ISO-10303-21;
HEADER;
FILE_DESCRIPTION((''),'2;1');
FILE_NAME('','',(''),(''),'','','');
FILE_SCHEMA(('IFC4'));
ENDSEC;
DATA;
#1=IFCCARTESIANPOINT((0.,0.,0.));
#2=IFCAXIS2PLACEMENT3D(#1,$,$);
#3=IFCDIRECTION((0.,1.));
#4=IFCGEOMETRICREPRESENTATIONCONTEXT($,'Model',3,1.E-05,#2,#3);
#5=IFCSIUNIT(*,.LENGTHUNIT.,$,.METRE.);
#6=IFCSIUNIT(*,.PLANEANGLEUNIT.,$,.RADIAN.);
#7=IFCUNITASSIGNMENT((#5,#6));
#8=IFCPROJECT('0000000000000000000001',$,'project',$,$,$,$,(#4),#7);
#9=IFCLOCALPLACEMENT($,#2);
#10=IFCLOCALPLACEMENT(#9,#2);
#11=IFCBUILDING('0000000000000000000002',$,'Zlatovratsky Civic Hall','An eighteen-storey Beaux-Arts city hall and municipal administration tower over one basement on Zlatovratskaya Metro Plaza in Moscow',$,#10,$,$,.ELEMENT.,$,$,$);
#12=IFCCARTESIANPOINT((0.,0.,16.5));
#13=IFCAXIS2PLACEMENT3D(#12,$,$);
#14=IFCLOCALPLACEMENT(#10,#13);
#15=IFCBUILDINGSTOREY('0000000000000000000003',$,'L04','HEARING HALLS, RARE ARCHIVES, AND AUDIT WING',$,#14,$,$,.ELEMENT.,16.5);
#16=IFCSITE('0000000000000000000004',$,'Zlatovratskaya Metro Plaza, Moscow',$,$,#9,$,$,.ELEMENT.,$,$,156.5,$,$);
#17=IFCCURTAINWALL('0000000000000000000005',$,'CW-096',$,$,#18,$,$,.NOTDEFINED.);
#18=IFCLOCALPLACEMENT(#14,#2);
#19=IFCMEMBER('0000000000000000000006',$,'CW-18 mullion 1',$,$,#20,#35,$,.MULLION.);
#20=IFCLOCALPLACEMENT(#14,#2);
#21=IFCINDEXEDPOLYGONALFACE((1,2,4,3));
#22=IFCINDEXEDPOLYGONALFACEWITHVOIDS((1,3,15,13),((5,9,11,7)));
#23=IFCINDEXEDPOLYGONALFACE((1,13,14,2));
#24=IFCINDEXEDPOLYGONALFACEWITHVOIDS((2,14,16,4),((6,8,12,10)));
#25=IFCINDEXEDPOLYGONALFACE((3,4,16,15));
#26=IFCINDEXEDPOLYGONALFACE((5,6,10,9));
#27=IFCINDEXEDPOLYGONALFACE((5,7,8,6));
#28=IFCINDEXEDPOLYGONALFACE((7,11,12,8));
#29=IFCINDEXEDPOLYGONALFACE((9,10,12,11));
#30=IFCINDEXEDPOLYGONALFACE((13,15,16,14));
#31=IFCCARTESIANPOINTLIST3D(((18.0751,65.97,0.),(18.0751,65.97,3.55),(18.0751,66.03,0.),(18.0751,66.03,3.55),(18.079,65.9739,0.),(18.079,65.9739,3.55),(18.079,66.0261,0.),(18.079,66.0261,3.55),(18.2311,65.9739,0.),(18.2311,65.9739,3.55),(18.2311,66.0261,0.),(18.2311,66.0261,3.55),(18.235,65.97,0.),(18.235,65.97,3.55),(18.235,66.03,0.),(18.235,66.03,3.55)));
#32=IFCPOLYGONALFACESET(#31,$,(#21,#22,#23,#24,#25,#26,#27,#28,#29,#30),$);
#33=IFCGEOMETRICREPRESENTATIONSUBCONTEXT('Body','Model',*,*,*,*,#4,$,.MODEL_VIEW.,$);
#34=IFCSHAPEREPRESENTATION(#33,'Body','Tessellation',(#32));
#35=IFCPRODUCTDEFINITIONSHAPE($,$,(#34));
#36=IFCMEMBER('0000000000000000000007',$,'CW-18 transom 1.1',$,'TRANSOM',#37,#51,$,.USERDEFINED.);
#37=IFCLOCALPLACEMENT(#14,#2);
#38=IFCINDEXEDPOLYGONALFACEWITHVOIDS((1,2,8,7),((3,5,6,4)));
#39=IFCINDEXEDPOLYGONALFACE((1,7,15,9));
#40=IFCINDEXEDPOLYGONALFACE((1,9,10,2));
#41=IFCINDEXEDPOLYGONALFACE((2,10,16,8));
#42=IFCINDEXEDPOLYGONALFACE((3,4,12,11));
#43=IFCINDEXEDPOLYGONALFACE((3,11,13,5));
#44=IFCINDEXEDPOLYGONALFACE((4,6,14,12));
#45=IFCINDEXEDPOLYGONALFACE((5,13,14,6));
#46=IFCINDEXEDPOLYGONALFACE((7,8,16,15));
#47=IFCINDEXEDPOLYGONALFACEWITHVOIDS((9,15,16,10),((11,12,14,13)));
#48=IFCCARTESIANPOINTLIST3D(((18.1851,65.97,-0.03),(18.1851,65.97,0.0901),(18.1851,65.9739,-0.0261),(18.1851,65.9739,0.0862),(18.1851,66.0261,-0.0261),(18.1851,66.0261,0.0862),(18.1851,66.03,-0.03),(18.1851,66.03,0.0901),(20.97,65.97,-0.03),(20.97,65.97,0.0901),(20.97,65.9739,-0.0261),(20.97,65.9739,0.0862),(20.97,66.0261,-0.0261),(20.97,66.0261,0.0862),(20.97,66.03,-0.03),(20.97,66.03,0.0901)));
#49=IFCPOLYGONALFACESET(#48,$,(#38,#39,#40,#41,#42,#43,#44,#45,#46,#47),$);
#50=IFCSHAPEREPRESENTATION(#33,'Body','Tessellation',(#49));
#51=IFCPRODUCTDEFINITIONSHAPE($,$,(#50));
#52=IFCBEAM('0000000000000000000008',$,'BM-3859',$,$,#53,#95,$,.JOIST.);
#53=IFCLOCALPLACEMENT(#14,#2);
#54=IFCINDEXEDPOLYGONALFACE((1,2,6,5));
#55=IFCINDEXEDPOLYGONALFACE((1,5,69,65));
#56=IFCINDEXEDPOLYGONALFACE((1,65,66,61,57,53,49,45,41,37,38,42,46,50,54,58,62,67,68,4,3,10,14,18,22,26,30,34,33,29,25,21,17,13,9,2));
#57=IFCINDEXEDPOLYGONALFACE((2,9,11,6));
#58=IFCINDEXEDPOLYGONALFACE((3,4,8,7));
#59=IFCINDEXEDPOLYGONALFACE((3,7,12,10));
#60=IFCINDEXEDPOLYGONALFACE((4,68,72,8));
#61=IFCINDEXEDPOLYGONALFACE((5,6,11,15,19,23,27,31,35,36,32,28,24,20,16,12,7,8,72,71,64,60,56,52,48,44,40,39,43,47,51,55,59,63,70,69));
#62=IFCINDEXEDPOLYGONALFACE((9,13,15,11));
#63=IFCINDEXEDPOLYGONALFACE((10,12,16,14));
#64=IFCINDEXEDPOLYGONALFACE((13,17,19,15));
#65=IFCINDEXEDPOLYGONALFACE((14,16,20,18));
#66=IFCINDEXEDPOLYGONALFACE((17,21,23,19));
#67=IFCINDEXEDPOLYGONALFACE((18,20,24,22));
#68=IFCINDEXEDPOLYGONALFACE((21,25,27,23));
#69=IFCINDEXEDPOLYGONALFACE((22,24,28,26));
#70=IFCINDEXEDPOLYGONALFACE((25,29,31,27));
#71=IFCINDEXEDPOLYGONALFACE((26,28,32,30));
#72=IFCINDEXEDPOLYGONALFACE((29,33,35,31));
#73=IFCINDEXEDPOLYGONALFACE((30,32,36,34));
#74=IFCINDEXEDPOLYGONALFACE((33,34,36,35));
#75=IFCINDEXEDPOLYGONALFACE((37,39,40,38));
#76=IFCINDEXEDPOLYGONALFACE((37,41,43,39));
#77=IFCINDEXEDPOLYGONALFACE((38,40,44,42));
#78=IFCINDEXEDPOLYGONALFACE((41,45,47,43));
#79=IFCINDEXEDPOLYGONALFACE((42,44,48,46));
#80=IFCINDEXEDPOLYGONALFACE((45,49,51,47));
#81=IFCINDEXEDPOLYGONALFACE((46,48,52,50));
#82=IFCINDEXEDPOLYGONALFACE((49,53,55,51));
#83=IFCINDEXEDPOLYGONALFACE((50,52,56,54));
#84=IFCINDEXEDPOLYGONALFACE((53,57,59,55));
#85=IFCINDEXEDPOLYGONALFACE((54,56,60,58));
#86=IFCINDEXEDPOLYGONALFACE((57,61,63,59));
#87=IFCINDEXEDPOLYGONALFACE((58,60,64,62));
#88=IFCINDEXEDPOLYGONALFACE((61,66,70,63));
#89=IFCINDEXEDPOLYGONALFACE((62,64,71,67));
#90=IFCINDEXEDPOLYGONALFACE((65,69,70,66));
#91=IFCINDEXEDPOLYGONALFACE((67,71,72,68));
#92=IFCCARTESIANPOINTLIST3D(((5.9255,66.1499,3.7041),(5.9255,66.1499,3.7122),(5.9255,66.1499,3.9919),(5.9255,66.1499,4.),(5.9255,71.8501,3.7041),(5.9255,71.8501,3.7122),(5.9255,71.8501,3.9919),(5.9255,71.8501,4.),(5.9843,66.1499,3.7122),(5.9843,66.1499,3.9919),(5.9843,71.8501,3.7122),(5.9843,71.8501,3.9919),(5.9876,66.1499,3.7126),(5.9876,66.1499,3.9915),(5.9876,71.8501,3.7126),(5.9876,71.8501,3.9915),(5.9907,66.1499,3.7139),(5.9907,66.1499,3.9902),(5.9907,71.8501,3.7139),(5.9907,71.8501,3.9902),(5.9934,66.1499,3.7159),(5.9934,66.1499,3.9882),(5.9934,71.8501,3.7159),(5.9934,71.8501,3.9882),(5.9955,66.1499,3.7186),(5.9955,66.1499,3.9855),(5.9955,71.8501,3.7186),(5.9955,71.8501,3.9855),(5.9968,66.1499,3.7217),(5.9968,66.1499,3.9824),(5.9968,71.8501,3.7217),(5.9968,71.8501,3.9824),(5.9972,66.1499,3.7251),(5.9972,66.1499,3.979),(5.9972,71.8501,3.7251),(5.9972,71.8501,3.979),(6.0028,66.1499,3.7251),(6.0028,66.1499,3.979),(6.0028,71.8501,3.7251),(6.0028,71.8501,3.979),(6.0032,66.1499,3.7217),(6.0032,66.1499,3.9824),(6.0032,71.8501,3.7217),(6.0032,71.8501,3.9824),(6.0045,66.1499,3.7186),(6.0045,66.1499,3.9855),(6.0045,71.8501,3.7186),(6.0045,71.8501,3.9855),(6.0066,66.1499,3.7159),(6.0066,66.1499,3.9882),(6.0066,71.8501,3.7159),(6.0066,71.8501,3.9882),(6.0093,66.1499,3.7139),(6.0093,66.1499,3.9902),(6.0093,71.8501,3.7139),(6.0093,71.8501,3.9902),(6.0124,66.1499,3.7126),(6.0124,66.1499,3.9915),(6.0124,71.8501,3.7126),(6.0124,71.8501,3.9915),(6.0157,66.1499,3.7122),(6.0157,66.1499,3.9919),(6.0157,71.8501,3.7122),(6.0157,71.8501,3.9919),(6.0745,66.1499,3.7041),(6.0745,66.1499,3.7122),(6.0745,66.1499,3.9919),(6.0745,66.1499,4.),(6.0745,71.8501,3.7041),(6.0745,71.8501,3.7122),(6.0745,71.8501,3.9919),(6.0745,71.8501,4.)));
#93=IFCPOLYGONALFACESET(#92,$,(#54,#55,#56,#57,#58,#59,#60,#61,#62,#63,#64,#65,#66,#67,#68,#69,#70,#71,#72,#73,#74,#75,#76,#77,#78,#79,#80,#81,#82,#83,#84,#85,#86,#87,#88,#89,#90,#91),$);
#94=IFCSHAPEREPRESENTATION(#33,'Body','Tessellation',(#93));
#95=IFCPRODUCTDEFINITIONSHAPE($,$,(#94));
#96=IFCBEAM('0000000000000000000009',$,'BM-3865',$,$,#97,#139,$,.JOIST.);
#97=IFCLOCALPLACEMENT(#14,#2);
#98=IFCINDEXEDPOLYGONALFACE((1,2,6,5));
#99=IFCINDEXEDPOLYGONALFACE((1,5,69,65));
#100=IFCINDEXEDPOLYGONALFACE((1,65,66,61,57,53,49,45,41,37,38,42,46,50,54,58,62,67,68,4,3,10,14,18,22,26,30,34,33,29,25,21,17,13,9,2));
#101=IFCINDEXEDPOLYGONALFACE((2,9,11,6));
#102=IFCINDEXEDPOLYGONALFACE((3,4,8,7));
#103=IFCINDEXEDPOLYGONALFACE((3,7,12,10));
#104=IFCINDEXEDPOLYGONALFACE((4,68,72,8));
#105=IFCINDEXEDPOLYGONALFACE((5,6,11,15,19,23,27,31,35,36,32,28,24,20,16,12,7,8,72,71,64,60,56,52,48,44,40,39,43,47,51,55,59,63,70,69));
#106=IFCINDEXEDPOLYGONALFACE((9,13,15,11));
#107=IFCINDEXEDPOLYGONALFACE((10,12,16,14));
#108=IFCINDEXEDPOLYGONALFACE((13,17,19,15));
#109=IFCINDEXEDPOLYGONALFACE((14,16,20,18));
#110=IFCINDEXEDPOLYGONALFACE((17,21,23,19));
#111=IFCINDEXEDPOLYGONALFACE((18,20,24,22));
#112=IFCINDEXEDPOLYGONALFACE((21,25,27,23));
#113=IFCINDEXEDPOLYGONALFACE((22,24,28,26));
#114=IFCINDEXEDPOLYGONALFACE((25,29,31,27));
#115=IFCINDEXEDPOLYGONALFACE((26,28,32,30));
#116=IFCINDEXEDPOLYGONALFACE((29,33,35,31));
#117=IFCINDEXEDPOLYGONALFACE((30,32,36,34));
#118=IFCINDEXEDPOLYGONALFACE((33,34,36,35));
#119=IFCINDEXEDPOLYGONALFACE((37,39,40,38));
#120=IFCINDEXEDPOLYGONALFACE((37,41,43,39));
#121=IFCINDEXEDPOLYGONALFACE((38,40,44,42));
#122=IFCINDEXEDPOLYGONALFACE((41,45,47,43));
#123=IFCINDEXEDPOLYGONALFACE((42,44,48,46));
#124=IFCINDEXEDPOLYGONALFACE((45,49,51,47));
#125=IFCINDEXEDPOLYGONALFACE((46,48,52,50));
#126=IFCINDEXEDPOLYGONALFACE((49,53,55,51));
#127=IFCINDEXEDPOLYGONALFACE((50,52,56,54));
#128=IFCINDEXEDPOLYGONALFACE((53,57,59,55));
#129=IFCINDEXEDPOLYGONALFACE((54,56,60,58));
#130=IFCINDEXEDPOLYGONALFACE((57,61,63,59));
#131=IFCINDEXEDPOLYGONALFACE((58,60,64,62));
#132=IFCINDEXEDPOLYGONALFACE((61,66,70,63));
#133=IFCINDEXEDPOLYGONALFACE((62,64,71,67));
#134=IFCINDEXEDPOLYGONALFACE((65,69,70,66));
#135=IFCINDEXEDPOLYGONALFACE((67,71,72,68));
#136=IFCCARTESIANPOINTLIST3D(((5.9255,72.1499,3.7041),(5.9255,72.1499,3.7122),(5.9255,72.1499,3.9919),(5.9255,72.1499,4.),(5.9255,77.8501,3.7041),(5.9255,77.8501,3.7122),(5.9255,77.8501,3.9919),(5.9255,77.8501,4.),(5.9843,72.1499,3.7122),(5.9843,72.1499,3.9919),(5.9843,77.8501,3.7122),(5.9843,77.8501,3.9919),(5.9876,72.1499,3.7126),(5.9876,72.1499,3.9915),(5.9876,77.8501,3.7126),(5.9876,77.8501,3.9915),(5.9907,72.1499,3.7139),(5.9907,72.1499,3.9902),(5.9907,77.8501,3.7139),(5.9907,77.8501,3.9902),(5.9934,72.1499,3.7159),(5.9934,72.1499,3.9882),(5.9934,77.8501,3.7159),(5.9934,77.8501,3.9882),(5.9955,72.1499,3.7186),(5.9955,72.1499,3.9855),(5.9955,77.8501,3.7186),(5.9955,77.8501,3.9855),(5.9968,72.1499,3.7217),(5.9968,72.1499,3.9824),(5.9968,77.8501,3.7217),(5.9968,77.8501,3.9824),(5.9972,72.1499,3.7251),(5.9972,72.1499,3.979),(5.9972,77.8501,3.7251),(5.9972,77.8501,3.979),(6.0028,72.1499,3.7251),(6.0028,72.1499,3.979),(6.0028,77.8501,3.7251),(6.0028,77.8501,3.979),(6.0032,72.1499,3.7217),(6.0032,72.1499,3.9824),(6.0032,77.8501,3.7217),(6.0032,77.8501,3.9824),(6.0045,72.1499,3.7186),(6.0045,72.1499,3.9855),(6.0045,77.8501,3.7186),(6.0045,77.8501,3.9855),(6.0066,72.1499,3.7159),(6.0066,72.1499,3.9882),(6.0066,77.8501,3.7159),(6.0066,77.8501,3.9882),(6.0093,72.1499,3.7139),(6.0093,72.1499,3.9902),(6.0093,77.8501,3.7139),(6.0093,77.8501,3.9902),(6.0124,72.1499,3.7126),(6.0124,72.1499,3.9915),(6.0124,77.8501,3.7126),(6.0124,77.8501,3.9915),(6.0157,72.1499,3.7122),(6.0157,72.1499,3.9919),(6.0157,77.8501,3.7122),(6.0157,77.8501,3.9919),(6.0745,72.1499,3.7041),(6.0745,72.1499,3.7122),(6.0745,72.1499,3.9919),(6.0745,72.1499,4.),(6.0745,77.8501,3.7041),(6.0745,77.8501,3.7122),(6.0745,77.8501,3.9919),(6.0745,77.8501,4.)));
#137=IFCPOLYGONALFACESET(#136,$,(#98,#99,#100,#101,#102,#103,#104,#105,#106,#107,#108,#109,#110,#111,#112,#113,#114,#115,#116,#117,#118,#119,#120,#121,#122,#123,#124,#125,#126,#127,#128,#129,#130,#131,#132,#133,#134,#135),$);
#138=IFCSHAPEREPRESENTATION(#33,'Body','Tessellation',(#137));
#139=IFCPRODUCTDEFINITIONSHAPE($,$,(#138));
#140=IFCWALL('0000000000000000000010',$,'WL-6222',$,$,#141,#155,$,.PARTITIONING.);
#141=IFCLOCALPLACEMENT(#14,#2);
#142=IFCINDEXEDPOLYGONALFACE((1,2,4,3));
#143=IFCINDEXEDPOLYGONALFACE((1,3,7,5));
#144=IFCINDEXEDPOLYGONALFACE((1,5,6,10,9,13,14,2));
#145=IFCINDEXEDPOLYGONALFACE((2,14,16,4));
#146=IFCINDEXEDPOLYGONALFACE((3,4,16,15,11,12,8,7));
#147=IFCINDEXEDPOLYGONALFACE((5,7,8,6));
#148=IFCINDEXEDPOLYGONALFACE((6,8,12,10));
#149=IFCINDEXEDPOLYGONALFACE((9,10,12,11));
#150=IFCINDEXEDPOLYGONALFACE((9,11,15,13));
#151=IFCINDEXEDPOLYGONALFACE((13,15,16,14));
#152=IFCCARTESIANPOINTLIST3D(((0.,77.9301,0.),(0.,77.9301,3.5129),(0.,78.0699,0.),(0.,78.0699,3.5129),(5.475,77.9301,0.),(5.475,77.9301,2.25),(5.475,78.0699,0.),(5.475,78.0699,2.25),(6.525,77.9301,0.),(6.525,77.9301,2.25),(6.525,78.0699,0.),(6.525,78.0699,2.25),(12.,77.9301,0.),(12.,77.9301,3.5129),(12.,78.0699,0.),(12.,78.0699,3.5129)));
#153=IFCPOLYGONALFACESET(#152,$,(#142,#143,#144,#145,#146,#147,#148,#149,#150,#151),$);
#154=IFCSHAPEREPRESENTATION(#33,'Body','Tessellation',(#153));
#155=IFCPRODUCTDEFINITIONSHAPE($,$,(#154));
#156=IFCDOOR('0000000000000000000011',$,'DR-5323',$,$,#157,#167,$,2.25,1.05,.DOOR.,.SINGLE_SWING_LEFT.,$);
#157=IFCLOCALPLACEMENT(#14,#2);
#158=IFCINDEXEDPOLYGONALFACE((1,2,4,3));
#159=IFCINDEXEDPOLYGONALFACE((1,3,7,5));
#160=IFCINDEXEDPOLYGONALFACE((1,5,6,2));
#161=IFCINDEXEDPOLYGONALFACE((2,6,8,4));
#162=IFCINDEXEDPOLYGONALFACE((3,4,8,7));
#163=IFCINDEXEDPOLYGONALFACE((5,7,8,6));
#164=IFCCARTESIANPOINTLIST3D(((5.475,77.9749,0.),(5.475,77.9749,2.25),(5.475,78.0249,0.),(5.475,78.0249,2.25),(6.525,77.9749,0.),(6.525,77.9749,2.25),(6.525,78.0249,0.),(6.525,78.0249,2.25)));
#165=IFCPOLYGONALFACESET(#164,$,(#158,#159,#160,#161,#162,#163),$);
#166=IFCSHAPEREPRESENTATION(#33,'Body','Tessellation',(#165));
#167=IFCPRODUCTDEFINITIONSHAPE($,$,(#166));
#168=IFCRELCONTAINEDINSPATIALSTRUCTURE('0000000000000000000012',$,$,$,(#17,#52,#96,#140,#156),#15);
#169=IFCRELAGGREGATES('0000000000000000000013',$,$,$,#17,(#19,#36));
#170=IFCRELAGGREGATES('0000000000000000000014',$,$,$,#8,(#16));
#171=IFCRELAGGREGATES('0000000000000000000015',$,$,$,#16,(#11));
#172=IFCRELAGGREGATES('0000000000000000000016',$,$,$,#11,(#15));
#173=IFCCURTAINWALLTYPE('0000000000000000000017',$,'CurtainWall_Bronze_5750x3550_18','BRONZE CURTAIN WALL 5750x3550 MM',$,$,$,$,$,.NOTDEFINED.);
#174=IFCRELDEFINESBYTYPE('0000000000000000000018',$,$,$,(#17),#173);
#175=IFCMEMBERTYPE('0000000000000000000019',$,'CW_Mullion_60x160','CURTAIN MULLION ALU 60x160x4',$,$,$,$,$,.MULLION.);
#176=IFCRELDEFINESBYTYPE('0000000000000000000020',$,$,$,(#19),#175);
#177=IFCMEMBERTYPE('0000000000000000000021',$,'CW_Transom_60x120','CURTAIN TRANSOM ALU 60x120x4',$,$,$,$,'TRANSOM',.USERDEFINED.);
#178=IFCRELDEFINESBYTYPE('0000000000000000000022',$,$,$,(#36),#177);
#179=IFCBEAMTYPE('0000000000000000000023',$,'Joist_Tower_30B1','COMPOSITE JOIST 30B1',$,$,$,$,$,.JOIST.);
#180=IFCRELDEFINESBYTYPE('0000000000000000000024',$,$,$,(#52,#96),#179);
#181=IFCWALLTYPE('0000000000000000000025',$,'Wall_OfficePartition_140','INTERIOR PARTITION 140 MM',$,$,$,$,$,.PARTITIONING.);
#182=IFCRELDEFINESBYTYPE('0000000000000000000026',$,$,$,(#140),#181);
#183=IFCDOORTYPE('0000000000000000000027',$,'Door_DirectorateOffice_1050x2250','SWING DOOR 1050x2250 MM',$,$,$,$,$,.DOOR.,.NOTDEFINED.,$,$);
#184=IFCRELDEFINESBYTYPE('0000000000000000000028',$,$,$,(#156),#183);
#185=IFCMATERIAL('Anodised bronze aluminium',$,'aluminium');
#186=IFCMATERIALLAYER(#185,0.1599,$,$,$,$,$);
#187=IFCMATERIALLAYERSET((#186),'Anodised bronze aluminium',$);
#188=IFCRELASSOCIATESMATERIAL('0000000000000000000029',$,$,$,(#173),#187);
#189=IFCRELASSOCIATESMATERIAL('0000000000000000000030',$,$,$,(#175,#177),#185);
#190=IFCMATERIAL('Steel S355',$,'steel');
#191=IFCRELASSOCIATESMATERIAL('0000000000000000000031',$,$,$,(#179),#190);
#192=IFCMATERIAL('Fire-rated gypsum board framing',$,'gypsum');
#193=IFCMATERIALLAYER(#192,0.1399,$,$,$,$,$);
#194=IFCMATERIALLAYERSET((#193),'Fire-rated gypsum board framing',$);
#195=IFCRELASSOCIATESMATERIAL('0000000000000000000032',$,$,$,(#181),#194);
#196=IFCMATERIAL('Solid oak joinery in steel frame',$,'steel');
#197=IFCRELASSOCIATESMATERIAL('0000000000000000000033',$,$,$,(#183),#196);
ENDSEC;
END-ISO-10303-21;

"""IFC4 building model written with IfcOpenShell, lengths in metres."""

from ifc_helpers import new_model, si_unit, direction, frame, frame_2d, origin, origin_2d, place, context, subcontext, project, spatial, rectangle, hollow_rectangle, i_section, extrude, material, layer, layer_set, material_profile, profile_set, type_object, element, fill, aggregate, save


model = new_model("IFC4")

# Units and contexts
model_context = context("Model", 3, precision=1e-05, world=origin(), true_north=direction((0.0, 1.0)))
body_context = subcontext(model_context, "Body", "Model", "MODEL_VIEW")
ifc_project = project(units=[si_unit("LENGTHUNIT", "METRE"), si_unit("PLANEANGLEUNIT", "RADIAN")], contexts=[model_context])

# Site, building, storey
site_placement = place(None, origin())
site = spatial("IfcSite", under=ifc_project, at=site_placement, Name="Zlatovratskaya Metro Plaza, Moscow", CompositionType="ELEMENT", RefElevation=156.5)
building_placement = place(site_placement, origin())
building = spatial("IfcBuilding", under=site, at=building_placement, Name="Zlatovratsky Civic Hall", Description="An eighteen-storey Beaux-Arts city hall and municipal administration tower over one basement on Zlatovratskaya Metro Plaza in Moscow", CompositionType="ELEMENT")
storey_placement = place(building_placement, frame((0.0, 0.0, 16.5)))
storey = spatial("IfcBuildingStorey", under=building, at=storey_placement, Name="L04", Description="HEARING HALLS, RARE ARCHIVES, AND AUDIT WING", CompositionType="ELEMENT", Elevation=16.5)

# Shared definitions
ifc_material_1 = material(Name="Steel S355", Category="steel")

# Curtain wall, members
ifc_material_2 = material(Name="Anodised bronze aluminium", Category="aluminium")
ifc_layer_1 = layer(ifc_material_2, 0.1599)
ifc_layer_set_1 = layer_set([ifc_layer_1], Name="Anodised bronze aluminium")
curtain_wall_type = type_object("IfcCurtainWallType", Name="CurtainWall_Bronze_5750x3550_18", Description="BRONZE CURTAIN WALL 5750x3550 MM", PredefinedType="NOTDEFINED", material=ifc_layer_set_1)
curtain_wall_placement = place(storey_placement, origin())
curtain_wall = element("IfcCurtainWall", 1, at=curtain_wall_placement, inside=storey, type_object=curtain_wall_type, Name="CW-096", PredefinedType="NOTDEFINED")
ifc_material_profile_1 = material_profile(ifc_material_2, hollow_rectangle(XDim=0.0601, YDim=0.1599, WallThickness=0.0039, at=origin_2d()), Name="ALU 60x160x4")
ifc_profile_set_1 = profile_set([ifc_material_profile_1], Name="Anodised bronze aluminium")
member_type_1 = type_object("IfcMemberType", Name="CW_Mullion_60x160", Description="CURTAIN MULLION ALU 60x160x4", PredefinedType="MULLION", material=ifc_profile_set_1)
member_1_placement = place(storey_placement, frame((18.155, 66.0, 0.0), z_axis=(0.0, 0.0, 1.0), x_axis=(0.0, 1.0, 0.0)))
member_1 = element("IfcMember", 2, at=member_1_placement, type_object=member_type_1, Name="CW-18 mullion 1", PredefinedType="MULLION", context=body_context, shape_type="SweptSolid", body=[
    extrude(hollow_rectangle(XDim=0.0601, YDim=0.1599, WallThickness=0.0039, at=origin_2d()), origin(), (0.0, 0.0, 1.0), 3.55),
])
ifc_material_profile_2 = material_profile(ifc_material_2, hollow_rectangle(XDim=0.0601, YDim=0.1201, WallThickness=0.0039, at=origin_2d()), Name="ALU 60x120x4")
ifc_profile_set_2 = profile_set([ifc_material_profile_2], Name="Anodised bronze aluminium")
member_type_2 = type_object("IfcMemberType", Name="CW_Transom_60x120", Description="CURTAIN TRANSOM ALU 60x120x4", ElementType="TRANSOM", PredefinedType="USERDEFINED", material=ifc_profile_set_2)
member_2_placement = place(storey_placement, frame((18.1851, 66.0, 0.03), z_axis=(1.0, 0.0, 0.0), x_axis=(0.0, 1.0, 0.0)))
member_2 = element("IfcMember", 3, at=member_2_placement, type_object=member_type_2, Name="CW-18 transom 1.1", ObjectType="TRANSOM", PredefinedType="USERDEFINED", context=body_context, shape_type="SweptSolid", body=[
    extrude(hollow_rectangle(XDim=0.0601, YDim=0.1201, WallThickness=0.0039, at=origin_2d()), origin(), (0.0, 0.0, 1.0), 2.7849),
])
aggregate(curtain_wall, [member_1, member_2])

# Beams
ifc_material_profile_3 = material_profile(ifc_material_1, i_section(OverallWidth=0.1489, OverallDepth=0.2959, WebThickness=0.0056, FlangeThickness=0.0081, FilletRadius=0.0129, at=origin_2d()), Name="30B1")
ifc_profile_set_3 = profile_set([ifc_material_profile_3], Name="Steel S355")
beam_type_1 = type_object("IfcBeamType", Name="Joist_Tower_30B1", Description="COMPOSITE JOIST 30B1", PredefinedType="JOIST", material=ifc_profile_set_3)
for number, where, z_axis, x_axis, name in (
    (4, (6.0, 66.1499, 3.8521), (0.0, 1.0, 0.0), (-1.0, 0.0, 0.0), "BM-3859"),
    (5, (6.0, 72.1499, 3.8521), (0.0, 1.0, 0.0), (-1.0, 0.0, 0.0), "BM-3865"),
):
    element("IfcBeam", number, at=place(storey_placement, frame(where, z_axis=z_axis, x_axis=x_axis)), inside=storey, type_object=beam_type_1, Name=name, PredefinedType="JOIST", context=body_context, shape_type="SweptSolid", body=[
        extrude(i_section(OverallWidth=0.1489, OverallDepth=0.2959, WebThickness=0.0056, FlangeThickness=0.0081, FilletRadius=0.0129, at=origin_2d()), origin(), (0.0, 0.0, 1.0), 5.7002),
    ])

# Wall, opening, door
ifc_material_3 = material(Name="Fire-rated gypsum board framing", Category="gypsum")
ifc_layer_2 = layer(ifc_material_3, 0.1399)
ifc_layer_set_2 = layer_set([ifc_layer_2], Name="Fire-rated gypsum board framing")
wall_type_1 = type_object("IfcWallType", Name="Wall_OfficePartition_140", Description="INTERIOR PARTITION 140 MM", PredefinedType="PARTITIONING", material=ifc_layer_set_2)
wall_1_placement = place(storey_placement, frame((0.0, 78.0, 0.0), z_axis=(0.0, 0.0, 1.0), x_axis=(1.0, 0.0, 0.0)))
wall_1 = element("IfcWall", 6, at=wall_1_placement, inside=storey, type_object=wall_type_1, Name="WL-6222", PredefinedType="PARTITIONING", context=body_context, shape_type="SweptSolid", body=[
    extrude(rectangle(XDim=12.0, YDim=0.1399, at=frame_2d((6.0, 0.0))), origin(), (0.0, 0.0, 1.0), 3.5129),
])
opening_1_placement = place(wall_1_placement, frame((5.4751, 0.0, 0.0)))
opening_1 = element("IfcOpeningElement", 7, at=opening_1_placement, cuts=wall_1, PredefinedType="OPENING", context=body_context, shape_type="SweptSolid", body=[
    extrude(rectangle(XDim=1.05, YDim=2.25, at=frame_2d((0.5249, 1.125))), frame((0.0, 0.085, 0.0), z_axis=(0.0, -1.0, 0.0), x_axis=(1.0, 0.0, 0.0)), (0.0, 0.0, 1.0), 0.1697),
])
ifc_material_4 = material(Name="Solid oak joinery in steel frame", Category="steel")
door_type = type_object("IfcDoorType", Name="Door_DirectorateOffice_1050x2250", Description="SWING DOOR 1050x2250 MM", OperationType="NOTDEFINED", PredefinedType="DOOR", material=ifc_material_4)
door_placement = place(opening_1_placement, origin())
door = element("IfcDoor", 8, at=door_placement, inside=storey, type_object=door_type, Name="DR-5323", OperationType="SINGLE_SWING_LEFT", OverallHeight=2.25, OverallWidth=1.05, PredefinedType="DOOR", context=body_context, shape_type="SweptSolid", body=[
    extrude(rectangle(XDim=1.05, YDim=2.25, at=frame_2d((0.5249, 1.125))), frame((0.0, 0.0249, 0.0), z_axis=(0.0, -1.0, 0.0), x_axis=(1.0, 0.0, 0.0)), (0.0, 0.0, 1.0), 0.05),
])
fill(opening_1, door)

save(model, "model.ifc")
